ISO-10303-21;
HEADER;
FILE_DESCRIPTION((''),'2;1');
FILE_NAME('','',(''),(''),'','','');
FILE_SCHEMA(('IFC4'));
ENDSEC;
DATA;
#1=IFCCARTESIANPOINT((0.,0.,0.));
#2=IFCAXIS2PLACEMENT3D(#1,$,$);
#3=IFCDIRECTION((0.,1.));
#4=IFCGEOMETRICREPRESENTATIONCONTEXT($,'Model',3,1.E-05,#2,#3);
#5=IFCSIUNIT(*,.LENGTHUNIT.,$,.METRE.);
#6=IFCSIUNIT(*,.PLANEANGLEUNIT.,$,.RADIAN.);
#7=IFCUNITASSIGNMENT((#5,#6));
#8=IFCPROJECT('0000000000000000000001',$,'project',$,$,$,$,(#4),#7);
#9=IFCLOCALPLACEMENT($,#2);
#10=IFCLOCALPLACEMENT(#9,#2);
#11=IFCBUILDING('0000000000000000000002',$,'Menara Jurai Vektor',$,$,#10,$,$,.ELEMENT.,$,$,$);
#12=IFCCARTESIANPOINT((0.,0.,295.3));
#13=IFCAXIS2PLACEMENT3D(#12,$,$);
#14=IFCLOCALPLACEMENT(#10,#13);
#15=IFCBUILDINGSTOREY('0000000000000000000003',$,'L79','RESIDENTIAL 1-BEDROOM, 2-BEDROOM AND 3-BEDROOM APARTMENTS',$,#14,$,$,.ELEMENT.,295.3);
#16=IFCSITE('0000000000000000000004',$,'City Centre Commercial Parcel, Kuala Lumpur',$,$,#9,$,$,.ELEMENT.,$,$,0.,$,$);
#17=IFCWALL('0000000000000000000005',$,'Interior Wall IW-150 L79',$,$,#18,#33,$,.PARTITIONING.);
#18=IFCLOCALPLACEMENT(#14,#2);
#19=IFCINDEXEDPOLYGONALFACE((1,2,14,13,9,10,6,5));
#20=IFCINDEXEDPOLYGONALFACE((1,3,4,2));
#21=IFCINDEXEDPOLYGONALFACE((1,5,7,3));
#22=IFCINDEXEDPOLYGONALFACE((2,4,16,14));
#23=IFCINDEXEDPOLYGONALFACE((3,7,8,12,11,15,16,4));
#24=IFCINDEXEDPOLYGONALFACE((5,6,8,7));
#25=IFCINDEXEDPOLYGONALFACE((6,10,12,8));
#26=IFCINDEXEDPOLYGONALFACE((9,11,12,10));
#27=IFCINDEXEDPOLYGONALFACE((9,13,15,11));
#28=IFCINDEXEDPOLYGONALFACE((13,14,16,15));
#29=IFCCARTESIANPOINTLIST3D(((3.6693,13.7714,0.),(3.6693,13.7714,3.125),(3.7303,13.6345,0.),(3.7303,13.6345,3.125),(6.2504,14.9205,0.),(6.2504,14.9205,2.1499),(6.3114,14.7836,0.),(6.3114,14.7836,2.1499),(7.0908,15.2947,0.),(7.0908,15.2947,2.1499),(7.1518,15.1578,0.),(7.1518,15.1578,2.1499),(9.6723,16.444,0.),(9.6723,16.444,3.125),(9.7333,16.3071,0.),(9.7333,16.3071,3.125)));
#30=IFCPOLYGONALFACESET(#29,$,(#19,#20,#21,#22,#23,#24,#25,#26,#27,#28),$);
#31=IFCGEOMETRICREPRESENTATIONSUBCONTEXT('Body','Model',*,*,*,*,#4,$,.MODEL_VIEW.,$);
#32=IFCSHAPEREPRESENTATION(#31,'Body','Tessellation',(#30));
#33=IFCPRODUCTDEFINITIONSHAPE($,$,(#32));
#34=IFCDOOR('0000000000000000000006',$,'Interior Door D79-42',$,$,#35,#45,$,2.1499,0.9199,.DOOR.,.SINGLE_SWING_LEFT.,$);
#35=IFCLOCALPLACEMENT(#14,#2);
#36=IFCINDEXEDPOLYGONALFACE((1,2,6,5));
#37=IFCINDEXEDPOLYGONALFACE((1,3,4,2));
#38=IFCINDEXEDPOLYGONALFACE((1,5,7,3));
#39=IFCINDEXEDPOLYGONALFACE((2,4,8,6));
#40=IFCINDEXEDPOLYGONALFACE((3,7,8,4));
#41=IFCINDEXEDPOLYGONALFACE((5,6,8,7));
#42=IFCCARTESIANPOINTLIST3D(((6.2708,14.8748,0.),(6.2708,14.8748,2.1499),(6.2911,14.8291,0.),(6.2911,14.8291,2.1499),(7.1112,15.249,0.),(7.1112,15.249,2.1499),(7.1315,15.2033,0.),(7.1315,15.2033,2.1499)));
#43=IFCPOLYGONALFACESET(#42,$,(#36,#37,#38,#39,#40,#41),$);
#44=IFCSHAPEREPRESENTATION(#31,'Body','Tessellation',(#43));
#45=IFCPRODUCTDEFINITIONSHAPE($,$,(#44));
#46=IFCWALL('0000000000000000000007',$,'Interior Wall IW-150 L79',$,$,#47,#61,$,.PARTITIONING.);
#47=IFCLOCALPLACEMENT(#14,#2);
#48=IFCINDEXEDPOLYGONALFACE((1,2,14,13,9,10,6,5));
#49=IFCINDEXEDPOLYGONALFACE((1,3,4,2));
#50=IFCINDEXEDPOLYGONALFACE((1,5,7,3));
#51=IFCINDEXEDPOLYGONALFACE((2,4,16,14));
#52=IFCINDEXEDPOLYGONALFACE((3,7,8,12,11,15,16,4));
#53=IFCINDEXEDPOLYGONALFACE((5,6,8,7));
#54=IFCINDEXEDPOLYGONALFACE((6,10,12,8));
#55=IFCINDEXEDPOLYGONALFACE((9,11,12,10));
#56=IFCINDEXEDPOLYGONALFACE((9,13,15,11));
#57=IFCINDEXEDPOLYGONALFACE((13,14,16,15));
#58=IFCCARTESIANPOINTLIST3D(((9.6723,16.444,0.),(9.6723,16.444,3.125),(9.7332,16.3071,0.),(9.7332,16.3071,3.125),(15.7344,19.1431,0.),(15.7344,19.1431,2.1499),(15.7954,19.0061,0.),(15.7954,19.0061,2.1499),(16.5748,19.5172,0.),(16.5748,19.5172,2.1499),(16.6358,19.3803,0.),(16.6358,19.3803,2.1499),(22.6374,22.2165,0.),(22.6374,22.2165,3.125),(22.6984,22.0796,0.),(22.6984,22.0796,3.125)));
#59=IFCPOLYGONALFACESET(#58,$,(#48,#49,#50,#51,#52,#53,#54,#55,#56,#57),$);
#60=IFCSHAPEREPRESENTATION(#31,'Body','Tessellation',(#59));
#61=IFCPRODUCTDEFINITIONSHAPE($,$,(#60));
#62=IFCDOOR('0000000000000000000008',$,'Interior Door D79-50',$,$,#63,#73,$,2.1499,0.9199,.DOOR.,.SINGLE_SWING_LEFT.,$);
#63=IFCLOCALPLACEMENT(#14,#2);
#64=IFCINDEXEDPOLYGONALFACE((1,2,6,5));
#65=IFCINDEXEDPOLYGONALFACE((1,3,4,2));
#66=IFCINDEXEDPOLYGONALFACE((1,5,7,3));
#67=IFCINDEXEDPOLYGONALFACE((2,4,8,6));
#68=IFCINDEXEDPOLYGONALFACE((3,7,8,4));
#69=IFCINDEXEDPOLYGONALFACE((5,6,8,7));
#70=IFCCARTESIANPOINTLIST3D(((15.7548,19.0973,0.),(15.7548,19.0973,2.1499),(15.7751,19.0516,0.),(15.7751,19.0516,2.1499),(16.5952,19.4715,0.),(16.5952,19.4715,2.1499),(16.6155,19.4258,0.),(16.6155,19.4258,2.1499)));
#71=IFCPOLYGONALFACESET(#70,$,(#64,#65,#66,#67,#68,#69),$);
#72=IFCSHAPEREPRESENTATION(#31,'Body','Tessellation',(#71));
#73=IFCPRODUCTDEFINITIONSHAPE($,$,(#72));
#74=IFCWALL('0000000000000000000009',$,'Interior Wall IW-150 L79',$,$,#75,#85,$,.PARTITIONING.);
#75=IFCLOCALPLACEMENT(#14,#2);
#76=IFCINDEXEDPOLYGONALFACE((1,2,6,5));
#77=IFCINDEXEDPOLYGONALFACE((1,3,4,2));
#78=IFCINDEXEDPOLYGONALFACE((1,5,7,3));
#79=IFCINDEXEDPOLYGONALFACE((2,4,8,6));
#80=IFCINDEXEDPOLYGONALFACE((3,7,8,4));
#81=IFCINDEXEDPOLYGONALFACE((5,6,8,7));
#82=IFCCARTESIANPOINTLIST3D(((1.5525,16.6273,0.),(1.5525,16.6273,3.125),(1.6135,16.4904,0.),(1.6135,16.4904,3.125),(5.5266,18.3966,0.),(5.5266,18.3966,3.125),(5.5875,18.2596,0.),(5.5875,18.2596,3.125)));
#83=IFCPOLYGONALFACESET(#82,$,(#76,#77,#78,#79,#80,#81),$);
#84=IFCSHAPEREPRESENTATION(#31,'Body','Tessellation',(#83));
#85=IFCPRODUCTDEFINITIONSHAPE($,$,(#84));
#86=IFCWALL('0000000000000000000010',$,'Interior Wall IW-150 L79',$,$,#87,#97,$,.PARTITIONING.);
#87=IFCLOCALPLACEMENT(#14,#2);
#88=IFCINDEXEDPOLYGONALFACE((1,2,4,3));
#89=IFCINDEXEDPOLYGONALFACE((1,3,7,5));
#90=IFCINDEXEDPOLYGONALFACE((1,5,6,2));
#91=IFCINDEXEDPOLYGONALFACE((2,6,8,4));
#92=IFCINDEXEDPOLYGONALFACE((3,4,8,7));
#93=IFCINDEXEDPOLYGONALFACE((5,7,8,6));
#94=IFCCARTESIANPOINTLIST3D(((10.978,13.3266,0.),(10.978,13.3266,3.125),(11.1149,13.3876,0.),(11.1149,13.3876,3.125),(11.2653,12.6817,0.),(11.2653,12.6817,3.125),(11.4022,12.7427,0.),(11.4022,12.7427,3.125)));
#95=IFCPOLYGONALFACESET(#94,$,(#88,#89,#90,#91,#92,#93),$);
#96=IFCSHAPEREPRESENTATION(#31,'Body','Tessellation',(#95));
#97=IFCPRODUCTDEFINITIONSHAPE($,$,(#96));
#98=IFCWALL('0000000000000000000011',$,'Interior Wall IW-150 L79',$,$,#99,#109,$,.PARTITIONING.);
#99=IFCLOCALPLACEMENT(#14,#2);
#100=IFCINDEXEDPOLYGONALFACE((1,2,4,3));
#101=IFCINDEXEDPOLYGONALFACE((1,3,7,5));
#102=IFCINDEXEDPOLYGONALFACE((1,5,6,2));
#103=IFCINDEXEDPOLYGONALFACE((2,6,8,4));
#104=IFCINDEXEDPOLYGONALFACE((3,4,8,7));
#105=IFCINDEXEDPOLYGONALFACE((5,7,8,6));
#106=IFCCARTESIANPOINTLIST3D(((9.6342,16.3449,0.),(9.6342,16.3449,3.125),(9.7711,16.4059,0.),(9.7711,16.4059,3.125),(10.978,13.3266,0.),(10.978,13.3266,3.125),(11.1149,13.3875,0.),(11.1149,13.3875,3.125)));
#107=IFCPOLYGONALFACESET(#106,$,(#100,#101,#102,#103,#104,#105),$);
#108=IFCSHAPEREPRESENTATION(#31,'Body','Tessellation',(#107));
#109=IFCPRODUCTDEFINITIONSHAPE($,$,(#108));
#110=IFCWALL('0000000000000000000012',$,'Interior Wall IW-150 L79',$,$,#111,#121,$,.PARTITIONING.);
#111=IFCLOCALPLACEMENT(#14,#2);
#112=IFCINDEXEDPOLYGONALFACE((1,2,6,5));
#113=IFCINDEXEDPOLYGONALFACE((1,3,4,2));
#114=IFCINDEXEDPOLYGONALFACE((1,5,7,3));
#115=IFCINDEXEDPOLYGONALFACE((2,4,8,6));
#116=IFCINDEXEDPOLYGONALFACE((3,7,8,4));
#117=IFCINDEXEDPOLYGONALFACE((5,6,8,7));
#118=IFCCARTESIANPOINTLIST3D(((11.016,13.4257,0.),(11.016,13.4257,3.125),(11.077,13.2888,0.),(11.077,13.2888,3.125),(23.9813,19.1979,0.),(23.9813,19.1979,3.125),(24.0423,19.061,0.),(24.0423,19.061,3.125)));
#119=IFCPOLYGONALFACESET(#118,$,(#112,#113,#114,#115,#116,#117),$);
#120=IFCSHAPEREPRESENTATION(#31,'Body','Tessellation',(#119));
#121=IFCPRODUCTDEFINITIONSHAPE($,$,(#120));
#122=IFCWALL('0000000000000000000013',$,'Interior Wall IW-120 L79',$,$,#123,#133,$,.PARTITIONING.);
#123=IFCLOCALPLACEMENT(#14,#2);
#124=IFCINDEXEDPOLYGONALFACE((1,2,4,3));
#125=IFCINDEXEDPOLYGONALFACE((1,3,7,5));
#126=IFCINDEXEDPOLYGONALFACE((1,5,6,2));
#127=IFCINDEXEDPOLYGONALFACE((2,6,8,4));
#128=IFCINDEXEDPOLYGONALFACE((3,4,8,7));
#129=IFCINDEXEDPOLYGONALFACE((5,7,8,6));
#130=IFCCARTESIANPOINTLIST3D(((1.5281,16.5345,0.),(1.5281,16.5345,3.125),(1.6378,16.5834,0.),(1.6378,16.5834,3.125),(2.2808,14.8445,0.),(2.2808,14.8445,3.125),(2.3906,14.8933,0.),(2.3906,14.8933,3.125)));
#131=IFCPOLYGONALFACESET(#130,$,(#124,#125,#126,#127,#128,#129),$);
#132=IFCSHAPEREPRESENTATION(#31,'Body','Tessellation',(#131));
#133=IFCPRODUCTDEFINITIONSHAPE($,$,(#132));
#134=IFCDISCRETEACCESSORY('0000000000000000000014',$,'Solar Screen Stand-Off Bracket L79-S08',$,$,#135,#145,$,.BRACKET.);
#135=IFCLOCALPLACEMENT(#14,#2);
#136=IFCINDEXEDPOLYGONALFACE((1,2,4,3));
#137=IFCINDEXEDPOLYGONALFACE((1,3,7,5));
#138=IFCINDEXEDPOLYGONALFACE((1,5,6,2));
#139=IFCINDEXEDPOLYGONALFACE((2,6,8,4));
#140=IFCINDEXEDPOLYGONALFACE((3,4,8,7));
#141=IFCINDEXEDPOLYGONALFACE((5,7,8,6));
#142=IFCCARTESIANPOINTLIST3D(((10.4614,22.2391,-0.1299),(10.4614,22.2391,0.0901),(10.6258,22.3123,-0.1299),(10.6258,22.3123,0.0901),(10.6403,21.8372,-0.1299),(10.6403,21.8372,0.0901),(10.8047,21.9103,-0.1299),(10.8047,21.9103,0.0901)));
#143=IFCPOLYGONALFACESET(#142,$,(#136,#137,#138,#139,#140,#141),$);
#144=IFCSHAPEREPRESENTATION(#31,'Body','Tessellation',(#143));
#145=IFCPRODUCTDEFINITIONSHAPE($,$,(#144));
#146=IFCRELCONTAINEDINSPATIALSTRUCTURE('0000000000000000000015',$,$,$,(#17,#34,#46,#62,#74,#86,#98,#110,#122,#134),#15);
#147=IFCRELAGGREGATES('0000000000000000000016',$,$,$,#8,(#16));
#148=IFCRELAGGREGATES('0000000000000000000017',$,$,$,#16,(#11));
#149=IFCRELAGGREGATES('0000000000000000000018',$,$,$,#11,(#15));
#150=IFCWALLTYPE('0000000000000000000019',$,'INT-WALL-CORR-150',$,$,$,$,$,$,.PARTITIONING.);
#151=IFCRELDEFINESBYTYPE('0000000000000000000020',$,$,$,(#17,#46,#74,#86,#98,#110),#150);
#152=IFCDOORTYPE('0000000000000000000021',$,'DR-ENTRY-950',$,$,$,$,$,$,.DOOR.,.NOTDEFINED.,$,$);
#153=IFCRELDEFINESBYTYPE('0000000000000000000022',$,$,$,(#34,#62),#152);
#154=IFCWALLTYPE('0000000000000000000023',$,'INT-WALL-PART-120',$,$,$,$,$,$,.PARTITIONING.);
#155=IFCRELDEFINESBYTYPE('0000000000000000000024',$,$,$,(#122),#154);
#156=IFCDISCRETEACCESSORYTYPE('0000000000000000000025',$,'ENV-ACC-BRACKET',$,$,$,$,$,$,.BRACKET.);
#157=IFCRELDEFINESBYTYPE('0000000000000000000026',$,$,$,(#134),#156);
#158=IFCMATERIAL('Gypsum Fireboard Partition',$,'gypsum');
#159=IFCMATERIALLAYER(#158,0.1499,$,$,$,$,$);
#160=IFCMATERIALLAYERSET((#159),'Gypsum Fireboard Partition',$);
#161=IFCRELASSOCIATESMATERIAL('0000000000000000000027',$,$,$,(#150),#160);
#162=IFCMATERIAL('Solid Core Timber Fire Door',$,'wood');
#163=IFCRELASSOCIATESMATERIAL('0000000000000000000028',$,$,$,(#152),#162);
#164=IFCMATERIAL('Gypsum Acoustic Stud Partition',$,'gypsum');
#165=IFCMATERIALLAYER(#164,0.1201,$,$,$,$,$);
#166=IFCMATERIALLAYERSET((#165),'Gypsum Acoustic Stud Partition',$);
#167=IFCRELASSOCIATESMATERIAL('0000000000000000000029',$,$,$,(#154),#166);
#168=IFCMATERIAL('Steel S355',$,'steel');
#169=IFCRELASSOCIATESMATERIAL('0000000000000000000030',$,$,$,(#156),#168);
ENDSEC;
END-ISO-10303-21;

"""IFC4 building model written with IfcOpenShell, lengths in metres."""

from ifc_helpers import new_model, si_unit, direction, frame, frame_2d, origin, origin_2d, place, context, subcontext, project, spatial, rectangle, extrude, material, layer, layer_set, type_object, element, fill, save


model = new_model("IFC4")

# Units and contexts
model_context = context("Model", 3, precision=1e-05, world=origin(), true_north=direction((0.0, 1.0)))
body_context = subcontext(model_context, "Body", "Model", "MODEL_VIEW")
ifc_project = project(units=[si_unit("LENGTHUNIT", "METRE"), si_unit("PLANEANGLEUNIT", "RADIAN")], contexts=[model_context])

# Site, building, storey
site_placement = place(None, origin())
site = spatial("IfcSite", under=ifc_project, at=site_placement, Name="City Centre Commercial Parcel, Kuala Lumpur", CompositionType="ELEMENT", RefElevation=0.0)
building_placement = place(site_placement, origin())
building = spatial("IfcBuilding", under=site, at=building_placement, Name="Menara Jurai Vektor", CompositionType="ELEMENT")
storey_placement = place(building_placement, frame((0.0, 0.0, 295.3)))
storey = spatial("IfcBuildingStorey", under=building, at=storey_placement, Name="L79", Description="RESIDENTIAL 1-BEDROOM, 2-BEDROOM AND 3-BEDROOM APARTMENTS", CompositionType="ELEMENT", Elevation=295.3)

# Shared definitions
ifc_material_1 = material(Name="Steel S355", Category="steel")

# Shared definitions
ifc_material_2 = material(Name="Gypsum Fireboard Partition", Category="gypsum")
ifc_layer_1 = layer(ifc_material_2, 0.1499)
ifc_layer_set_1 = layer_set([ifc_layer_1], Name="Gypsum Fireboard Partition")
wall_type_1 = type_object("IfcWallType", Name="INT-WALL-CORR-150", PredefinedType="PARTITIONING", material=ifc_layer_set_1)
ifc_material_3 = material(Name="Solid Core Timber Fire Door", Category="wood")
door_type_1 = type_object("IfcDoorType", Name="DR-ENTRY-950", OperationType="NOTDEFINED", PredefinedType="DOOR", material=ifc_material_3)

# Walls, openings, doors
wall_1_placement = place(storey_placement, frame((3.6997, 13.7029, 0.0), z_axis=(0.0, 0.0, 1.0), x_axis=(0.913549, 0.406728, 0.0)))
wall_1 = element("IfcWall", 1, at=wall_1_placement, inside=storey, type_object=wall_type_1, Name="Interior Wall IW-150 L79", PredefinedType="PARTITIONING", context=body_context, shape_type="SweptSolid", body=[
    extrude(rectangle(XDim=6.571, YDim=0.1499, at=frame_2d((3.2856, 0.0))), origin(), (0.0, 0.0, 1.0), 3.125),
])
opening_1_placement = place(wall_1_placement, frame((2.8254, 0.0, 0.0)))
opening_1 = element("IfcOpeningElement", 2, at=opening_1_placement, cuts=wall_1, PredefinedType="OPENING", context=body_context, shape_type="SweptSolid", body=[
    extrude(rectangle(XDim=0.9199, YDim=2.1499, at=frame_2d((0.46, 1.075))), frame((0.0, 0.085, 0.0), z_axis=(0.0, -1.0, 0.0), x_axis=(1.0, 0.0, 0.0)), (0.0, 0.0, 1.0), 0.1699),
])
door_1_placement = place(opening_1_placement, origin())
door_1 = element("IfcDoor", 3, at=door_1_placement, inside=storey, type_object=door_type_1, Name="Interior Door D79-42", OperationType="SINGLE_SWING_LEFT", OverallHeight=2.1499, OverallWidth=0.9199, PredefinedType="DOOR", context=body_context, shape_type="SweptSolid", body=[
    extrude(rectangle(XDim=0.9199, YDim=2.1499, at=frame_2d((0.46, 1.075))), frame((0.0, 0.0249, 0.0), z_axis=(0.0, -1.0, 0.0), x_axis=(1.0, 0.0, 0.0)), (0.0, 0.0, 1.0), 0.05),
])
fill(opening_1, door_1)
wall_2_placement = place(storey_placement, frame((9.7026, 16.3755, 0.0), z_axis=(0.0, 0.0, 1.0), x_axis=(0.913545, 0.406739, 0.0)))
wall_2 = element("IfcWall", 4, at=wall_2_placement, inside=storey, type_object=wall_type_1, Name="Interior Wall IW-150 L79", PredefinedType="PARTITIONING", context=body_context, shape_type="SweptSolid", body=[
    extrude(rectangle(XDim=14.1921, YDim=0.1499, at=frame_2d((7.0962, 0.0))), origin(), (0.0, 0.0, 1.0), 3.125),
])
opening_2_placement = place(wall_2_placement, frame((6.636, 0.0, 0.0)))
opening_2 = element("IfcOpeningElement", 5, at=opening_2_placement, cuts=wall_2, PredefinedType="OPENING", context=body_context, shape_type="SweptSolid", body=[
    extrude(rectangle(XDim=0.9199, YDim=2.1499, at=frame_2d((0.46, 1.075))), frame((0.0, 0.085, 0.0), z_axis=(0.0, -1.0, 0.0), x_axis=(1.0, 0.0, 0.0)), (0.0, 0.0, 1.0), 0.1699),
])
door_2_placement = place(opening_2_placement, origin())
door_2 = element("IfcDoor", 6, at=door_2_placement, inside=storey, type_object=door_type_1, Name="Interior Door D79-50", OperationType="SINGLE_SWING_LEFT", OverallHeight=2.1499, OverallWidth=0.9199, PredefinedType="DOOR", context=body_context, shape_type="SweptSolid", body=[
    extrude(rectangle(XDim=0.9199, YDim=2.1499, at=frame_2d((0.46, 1.075))), frame((0.0, 0.0249, 0.0), z_axis=(0.0, -1.0, 0.0), x_axis=(1.0, 0.0, 0.0)), (0.0, 0.0, 1.0), 0.05),
])
fill(opening_2, door_2)

# Wall
wall_3_placement = place(storey_placement, frame((1.583, 16.5588, 0.0), z_axis=(0.0, 0.0, 1.0), x_axis=(0.913554, 0.406716, 0.0)))
element("IfcWall", 7, at=wall_3_placement, inside=storey, type_object=wall_type_1, Name="Interior Wall IW-150 L79", PredefinedType="PARTITIONING", context=body_context, shape_type="SweptSolid", body=[
    extrude(rectangle(XDim=4.3501, YDim=0.1499, at=frame_2d((2.175, 0.0))), origin(), (0.0, 0.0, 1.0), 3.125),
])

# Walls
wall_4_placement = place(storey_placement, frame((11.3337, 12.7122, 0.0), z_axis=(0.0, 0.0, 1.0), x_axis=(-0.40694, 0.913455, 0.0)))
element("IfcWall", 8, at=wall_4_placement, inside=storey, type_object=wall_type_1, Name="Interior Wall IW-150 L79", PredefinedType="PARTITIONING", context=body_context, shape_type="SweptSolid", body=[
    extrude(rectangle(XDim=0.7061, YDim=0.1499, at=frame_2d((0.353, 0.0))), origin(), (0.0, 0.0, 1.0), 3.125),
])
wall_5_placement = place(storey_placement, frame((11.0464, 13.3572, 0.0), z_axis=(0.0, 0.0, 1.0), x_axis=(-0.406714, 0.913555, 0.0)))
element("IfcWall", 9, at=wall_5_placement, inside=storey, type_object=wall_type_1, Name="Interior Wall IW-150 L79", PredefinedType="PARTITIONING", context=body_context, shape_type="SweptSolid", body=[
    extrude(rectangle(XDim=3.304, YDim=0.1499, at=frame_2d((1.6519, 0.0))), origin(), (0.0, 0.0, 1.0), 3.125),
])
wall_6_placement = place(storey_placement, frame((11.0464, 13.3572, 0.0), z_axis=(0.0, 0.0, 1.0), x_axis=(0.913554, 0.406718, 0.0)))
element("IfcWall", 10, at=wall_6_placement, inside=storey, type_object=wall_type_1, Name="Interior Wall IW-150 L79", PredefinedType="PARTITIONING", context=body_context, shape_type="SweptSolid", body=[
    extrude(rectangle(XDim=14.1921, YDim=0.1499, at=frame_2d((7.0962, 0.0))), origin(), (0.0, 0.0, 1.0), 3.125),
])
ifc_material_4 = material(Name="Gypsum Acoustic Stud Partition", Category="gypsum")
ifc_layer_2 = layer(ifc_material_4, 0.1201)
ifc_layer_set_2 = layer_set([ifc_layer_2], Name="Gypsum Acoustic Stud Partition")
wall_type_2 = type_object("IfcWallType", Name="INT-WALL-PART-120", PredefinedType="PARTITIONING", material=ifc_layer_set_2)
wall_7_placement = place(storey_placement, frame((2.3357, 14.8689, 0.0), z_axis=(0.0, 0.0, 1.0), x_axis=(-0.406861, 0.91349, 0.0)))
element("IfcWall", 11, at=wall_7_placement, inside=storey, type_object=wall_type_2, Name="Interior Wall IW-120 L79", PredefinedType="PARTITIONING", context=body_context, shape_type="SweptSolid", body=[
    extrude(rectangle(XDim=1.8501, YDim=0.1201, at=frame_2d((0.925, 0.0))), origin(), (0.0, 0.0, 1.0), 3.125),
])

# Discrete accessory
discrete_accessory_type = type_object("IfcDiscreteAccessoryType", Name="ENV-ACC-BRACKET", PredefinedType="BRACKET", material=ifc_material_1)
discrete_accessory_placement = place(storey_placement, frame((10.6331, 22.0747, -0.1299), z_axis=(0.0, 0.0, 1.0), x_axis=(-0.913545, -0.406737, 0.0)))
element("IfcDiscreteAccessory", 12, at=discrete_accessory_placement, inside=storey, type_object=discrete_accessory_type, Name="Solar Screen Stand-Off Bracket L79-S08", PredefinedType="BRACKET", context=body_context, shape_type="SweptSolid", body=[
    extrude(rectangle(XDim=0.1799, YDim=0.4399, at=origin_2d()), origin(), (0.0, 0.0, 1.0), 0.22),
])

save(model, "model.ifc")
